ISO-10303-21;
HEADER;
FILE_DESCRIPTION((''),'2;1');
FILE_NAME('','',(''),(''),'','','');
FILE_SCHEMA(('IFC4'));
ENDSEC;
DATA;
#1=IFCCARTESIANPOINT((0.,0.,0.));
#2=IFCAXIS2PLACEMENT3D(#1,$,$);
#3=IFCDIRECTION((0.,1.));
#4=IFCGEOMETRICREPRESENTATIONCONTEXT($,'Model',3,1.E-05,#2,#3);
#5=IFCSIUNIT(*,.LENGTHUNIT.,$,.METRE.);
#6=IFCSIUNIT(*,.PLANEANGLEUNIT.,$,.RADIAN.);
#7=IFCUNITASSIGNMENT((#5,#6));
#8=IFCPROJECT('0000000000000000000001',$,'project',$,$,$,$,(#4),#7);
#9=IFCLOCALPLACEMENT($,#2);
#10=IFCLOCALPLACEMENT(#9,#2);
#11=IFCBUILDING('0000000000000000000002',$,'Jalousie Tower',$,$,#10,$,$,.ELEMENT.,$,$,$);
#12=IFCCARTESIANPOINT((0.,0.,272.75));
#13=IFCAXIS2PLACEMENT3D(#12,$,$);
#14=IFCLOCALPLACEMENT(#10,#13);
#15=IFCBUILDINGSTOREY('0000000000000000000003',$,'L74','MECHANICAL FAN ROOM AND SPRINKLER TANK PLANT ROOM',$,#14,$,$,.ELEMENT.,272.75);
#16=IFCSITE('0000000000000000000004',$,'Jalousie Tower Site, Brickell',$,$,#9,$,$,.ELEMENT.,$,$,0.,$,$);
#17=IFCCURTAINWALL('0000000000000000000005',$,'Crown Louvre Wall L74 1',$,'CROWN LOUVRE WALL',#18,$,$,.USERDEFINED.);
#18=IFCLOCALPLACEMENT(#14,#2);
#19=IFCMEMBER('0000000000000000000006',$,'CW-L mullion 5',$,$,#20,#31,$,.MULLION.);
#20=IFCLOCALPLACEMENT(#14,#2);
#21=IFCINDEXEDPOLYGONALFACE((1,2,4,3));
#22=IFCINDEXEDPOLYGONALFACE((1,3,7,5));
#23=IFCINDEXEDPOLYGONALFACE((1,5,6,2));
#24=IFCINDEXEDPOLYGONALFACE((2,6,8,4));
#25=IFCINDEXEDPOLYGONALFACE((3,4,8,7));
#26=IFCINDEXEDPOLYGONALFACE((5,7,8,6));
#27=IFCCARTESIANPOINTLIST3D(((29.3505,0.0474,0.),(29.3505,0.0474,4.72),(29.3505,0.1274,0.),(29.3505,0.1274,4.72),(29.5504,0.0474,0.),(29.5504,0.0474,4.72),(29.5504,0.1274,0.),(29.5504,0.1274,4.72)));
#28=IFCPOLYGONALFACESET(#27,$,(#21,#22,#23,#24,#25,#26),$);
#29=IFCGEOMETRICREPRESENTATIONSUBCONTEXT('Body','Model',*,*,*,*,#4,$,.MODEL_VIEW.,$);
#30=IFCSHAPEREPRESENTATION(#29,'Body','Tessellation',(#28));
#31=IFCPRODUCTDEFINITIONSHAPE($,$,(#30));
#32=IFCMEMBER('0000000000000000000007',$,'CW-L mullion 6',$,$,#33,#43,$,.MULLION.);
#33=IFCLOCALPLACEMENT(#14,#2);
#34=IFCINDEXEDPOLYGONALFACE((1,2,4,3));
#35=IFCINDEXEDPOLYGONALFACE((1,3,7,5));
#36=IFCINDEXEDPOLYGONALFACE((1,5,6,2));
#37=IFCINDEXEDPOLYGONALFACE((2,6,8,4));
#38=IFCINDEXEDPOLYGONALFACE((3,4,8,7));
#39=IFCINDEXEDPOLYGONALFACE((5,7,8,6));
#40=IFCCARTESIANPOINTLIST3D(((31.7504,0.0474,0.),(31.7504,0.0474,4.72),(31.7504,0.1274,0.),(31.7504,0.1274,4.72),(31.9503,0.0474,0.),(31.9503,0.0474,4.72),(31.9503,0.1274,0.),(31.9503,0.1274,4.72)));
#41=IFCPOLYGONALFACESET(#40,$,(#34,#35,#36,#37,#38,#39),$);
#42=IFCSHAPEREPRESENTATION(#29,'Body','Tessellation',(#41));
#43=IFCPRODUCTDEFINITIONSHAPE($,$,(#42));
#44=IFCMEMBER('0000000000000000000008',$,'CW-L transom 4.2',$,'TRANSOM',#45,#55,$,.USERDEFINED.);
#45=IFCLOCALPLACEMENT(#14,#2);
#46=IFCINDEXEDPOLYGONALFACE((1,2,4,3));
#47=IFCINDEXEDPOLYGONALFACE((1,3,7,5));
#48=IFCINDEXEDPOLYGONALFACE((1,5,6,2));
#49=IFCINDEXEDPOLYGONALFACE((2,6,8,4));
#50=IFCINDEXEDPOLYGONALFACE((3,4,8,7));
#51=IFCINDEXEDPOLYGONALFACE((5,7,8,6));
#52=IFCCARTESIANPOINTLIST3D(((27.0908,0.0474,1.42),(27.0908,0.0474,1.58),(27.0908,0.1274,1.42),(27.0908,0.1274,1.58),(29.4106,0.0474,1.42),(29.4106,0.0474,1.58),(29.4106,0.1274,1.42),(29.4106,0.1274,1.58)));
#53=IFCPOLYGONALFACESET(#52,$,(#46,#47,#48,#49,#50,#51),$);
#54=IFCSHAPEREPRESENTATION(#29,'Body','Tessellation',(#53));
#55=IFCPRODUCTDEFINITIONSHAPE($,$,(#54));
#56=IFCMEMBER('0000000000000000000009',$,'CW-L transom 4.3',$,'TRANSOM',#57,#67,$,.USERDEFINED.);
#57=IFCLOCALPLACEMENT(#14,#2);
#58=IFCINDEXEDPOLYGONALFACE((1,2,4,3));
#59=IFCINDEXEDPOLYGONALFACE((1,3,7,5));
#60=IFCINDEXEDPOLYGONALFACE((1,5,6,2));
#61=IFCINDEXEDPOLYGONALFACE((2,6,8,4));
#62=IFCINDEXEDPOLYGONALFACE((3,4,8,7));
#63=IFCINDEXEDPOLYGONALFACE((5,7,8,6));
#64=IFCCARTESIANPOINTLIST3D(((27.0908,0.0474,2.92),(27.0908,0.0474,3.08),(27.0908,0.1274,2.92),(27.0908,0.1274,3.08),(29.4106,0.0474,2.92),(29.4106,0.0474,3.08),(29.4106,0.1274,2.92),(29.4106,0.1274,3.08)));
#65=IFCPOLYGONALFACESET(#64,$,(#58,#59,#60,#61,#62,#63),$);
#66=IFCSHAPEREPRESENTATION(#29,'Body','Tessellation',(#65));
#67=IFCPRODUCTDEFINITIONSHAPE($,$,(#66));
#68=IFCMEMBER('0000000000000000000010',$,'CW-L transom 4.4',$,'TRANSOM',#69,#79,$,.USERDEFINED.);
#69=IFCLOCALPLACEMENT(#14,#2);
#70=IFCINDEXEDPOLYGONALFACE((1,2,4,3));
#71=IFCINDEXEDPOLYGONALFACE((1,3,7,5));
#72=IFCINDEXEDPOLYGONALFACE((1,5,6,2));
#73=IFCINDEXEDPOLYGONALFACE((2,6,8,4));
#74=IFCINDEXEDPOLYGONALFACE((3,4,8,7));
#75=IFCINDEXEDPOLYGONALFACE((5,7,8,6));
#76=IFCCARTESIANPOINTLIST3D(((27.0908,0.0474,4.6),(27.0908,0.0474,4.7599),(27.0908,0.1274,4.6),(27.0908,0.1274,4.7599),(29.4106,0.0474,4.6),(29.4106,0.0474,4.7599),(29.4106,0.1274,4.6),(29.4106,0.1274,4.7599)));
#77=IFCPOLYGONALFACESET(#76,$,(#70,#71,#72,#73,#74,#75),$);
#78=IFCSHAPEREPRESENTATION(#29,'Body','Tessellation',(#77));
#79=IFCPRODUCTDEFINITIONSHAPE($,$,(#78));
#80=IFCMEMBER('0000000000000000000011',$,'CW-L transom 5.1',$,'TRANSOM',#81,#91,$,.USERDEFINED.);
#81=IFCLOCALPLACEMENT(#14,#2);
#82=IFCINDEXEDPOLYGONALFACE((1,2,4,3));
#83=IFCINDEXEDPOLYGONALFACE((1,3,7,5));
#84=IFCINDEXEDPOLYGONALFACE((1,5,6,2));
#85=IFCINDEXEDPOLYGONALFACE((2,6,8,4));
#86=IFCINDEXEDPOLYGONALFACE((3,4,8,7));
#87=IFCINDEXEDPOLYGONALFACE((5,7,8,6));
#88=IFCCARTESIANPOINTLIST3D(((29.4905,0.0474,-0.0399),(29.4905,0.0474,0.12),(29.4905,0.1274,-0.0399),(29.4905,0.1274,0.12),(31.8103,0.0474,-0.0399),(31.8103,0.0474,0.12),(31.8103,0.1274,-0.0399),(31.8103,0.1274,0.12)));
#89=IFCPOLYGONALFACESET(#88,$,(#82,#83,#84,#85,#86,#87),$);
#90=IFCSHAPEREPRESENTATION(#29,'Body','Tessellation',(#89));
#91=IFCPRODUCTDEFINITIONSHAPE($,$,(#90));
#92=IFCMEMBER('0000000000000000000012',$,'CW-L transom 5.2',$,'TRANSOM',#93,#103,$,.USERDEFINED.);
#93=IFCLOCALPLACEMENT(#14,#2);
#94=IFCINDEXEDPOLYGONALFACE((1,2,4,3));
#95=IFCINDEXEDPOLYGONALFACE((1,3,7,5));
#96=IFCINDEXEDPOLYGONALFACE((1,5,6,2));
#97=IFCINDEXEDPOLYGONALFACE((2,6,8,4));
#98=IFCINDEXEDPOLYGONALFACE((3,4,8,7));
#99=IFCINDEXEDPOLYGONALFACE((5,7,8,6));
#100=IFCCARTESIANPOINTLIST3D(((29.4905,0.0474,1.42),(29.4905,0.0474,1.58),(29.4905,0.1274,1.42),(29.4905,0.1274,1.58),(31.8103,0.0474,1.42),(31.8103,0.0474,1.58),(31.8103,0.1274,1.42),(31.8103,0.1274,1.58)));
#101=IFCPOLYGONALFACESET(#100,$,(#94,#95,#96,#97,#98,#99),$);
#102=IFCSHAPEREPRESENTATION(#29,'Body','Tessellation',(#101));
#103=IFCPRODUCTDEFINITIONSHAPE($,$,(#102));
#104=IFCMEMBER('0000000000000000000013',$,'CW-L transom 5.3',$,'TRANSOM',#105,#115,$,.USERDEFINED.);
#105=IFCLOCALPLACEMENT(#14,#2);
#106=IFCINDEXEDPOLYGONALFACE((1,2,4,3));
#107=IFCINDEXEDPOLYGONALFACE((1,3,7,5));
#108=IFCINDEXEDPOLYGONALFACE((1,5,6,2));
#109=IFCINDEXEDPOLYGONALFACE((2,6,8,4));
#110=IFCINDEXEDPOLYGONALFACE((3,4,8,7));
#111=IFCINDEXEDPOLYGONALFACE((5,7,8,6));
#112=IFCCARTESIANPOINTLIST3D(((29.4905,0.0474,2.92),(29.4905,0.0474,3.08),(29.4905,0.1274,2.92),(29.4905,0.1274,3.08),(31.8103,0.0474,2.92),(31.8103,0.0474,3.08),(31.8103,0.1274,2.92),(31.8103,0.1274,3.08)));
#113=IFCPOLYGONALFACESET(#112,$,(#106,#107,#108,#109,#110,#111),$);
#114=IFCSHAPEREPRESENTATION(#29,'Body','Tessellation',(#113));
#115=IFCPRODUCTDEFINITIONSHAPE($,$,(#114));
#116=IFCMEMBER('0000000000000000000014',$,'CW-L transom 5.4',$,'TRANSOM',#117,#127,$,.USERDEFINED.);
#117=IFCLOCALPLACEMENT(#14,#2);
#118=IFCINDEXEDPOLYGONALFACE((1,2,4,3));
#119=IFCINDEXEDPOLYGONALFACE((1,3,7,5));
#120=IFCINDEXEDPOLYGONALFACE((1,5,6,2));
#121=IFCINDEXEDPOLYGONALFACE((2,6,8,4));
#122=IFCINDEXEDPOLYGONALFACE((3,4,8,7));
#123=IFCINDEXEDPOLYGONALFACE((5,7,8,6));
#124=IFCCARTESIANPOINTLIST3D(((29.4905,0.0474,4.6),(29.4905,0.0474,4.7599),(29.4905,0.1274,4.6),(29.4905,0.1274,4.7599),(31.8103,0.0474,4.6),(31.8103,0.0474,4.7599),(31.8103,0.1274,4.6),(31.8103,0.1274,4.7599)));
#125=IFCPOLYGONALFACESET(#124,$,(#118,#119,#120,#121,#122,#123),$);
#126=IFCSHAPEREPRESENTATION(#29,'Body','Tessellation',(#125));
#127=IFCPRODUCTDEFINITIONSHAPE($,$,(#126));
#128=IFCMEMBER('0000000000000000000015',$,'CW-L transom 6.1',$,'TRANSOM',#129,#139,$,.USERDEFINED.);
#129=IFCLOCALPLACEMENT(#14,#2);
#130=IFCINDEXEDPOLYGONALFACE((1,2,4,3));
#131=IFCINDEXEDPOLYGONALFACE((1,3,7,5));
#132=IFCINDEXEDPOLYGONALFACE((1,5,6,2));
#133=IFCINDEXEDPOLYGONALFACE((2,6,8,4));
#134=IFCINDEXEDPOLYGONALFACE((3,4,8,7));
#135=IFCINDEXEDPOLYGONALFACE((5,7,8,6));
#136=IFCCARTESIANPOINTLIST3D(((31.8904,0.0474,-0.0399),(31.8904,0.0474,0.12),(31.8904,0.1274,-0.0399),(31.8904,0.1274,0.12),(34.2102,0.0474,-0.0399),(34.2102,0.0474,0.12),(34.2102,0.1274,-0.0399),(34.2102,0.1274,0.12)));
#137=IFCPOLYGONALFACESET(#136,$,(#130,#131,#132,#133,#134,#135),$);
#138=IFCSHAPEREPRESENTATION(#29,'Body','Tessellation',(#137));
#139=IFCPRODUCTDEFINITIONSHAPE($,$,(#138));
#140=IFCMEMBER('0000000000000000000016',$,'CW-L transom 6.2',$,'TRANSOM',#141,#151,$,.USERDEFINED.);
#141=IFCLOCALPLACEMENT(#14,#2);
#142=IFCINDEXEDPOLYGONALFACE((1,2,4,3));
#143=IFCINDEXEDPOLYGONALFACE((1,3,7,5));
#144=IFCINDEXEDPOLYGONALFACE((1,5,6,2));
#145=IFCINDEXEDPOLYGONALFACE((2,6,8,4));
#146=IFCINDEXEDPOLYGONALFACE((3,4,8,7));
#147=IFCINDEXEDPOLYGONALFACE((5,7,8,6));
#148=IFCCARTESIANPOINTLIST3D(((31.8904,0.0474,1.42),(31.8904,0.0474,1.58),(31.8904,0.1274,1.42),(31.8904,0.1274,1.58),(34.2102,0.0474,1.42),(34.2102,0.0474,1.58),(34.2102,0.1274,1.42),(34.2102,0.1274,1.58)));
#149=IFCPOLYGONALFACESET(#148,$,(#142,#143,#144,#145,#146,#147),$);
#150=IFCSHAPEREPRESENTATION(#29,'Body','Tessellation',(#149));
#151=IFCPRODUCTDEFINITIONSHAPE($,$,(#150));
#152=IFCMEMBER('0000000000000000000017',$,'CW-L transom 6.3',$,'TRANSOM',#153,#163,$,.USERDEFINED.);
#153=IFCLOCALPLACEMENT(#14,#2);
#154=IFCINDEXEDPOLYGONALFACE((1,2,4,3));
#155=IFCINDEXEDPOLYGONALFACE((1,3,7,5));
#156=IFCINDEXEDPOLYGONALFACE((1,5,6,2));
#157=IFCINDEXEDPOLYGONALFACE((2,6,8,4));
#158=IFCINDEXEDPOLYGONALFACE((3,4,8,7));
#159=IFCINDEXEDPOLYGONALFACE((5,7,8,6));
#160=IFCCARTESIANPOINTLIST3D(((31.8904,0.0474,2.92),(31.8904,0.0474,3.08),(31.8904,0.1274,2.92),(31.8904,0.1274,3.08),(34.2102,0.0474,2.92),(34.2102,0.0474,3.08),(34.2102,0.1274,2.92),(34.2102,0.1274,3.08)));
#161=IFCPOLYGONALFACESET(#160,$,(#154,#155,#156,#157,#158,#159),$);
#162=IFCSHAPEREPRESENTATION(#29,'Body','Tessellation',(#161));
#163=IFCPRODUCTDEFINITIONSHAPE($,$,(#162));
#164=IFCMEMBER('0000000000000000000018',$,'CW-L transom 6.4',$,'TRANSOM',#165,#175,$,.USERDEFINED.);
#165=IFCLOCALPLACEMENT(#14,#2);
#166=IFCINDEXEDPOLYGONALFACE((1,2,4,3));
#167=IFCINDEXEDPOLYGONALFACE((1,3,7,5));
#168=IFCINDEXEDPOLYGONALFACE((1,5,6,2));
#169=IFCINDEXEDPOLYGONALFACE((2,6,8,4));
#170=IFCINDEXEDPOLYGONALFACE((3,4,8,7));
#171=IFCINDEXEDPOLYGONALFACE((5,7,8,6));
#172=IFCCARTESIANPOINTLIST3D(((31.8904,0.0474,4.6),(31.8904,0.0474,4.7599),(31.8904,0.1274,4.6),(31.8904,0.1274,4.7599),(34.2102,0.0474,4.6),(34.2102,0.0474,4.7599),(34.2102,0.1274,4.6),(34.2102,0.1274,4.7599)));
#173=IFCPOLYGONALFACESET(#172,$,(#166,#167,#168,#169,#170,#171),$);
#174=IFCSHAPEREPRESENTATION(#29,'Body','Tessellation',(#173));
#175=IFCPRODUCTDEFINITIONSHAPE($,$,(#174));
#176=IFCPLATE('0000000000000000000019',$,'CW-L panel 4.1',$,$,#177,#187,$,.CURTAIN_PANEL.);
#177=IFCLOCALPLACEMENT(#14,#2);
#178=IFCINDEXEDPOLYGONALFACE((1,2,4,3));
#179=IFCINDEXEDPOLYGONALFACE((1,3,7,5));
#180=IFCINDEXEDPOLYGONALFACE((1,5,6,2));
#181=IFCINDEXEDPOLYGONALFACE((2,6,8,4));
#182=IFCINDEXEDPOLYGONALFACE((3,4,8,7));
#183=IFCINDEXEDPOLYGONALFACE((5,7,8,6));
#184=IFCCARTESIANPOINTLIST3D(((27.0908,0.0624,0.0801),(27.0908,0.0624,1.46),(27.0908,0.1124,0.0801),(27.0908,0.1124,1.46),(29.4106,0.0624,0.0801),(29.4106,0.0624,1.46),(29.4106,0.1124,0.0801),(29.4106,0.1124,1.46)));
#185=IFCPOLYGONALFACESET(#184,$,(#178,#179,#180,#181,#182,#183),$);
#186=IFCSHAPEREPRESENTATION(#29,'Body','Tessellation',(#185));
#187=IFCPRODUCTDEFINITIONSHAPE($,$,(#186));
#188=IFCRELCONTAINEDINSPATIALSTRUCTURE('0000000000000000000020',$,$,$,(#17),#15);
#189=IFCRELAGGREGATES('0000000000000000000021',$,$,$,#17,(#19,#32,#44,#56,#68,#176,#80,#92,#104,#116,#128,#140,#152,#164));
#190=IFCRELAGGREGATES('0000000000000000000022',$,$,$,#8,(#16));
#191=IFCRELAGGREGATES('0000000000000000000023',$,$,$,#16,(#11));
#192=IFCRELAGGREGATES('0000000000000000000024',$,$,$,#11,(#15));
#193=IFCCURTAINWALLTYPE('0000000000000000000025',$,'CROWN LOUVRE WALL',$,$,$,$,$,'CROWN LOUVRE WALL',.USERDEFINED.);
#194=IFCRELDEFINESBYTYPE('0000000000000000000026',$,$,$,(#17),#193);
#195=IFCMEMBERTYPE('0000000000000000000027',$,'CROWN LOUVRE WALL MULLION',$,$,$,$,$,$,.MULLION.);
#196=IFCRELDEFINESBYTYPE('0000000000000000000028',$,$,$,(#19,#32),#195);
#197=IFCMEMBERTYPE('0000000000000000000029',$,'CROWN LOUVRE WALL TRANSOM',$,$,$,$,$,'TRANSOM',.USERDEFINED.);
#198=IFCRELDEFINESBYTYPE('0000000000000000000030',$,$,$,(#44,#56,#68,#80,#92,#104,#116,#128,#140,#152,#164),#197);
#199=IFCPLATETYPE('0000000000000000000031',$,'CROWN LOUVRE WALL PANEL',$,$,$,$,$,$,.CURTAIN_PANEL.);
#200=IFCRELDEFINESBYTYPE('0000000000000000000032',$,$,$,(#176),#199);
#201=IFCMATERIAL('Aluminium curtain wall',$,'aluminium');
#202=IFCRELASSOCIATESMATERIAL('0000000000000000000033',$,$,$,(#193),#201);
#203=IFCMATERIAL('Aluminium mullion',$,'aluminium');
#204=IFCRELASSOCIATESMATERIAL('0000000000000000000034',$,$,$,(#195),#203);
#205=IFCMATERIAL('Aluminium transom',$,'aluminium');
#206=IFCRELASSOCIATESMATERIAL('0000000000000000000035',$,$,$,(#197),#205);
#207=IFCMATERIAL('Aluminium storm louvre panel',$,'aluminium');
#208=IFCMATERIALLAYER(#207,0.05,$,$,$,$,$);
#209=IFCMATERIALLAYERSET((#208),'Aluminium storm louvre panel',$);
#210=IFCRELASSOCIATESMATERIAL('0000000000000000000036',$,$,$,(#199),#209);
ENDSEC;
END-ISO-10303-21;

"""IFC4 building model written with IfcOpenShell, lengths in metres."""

from ifc_helpers import new_model, si_unit, direction, frame, origin, origin_2d, place, context, subcontext, project, spatial, rectangle, extrude, material, layer, layer_set, material_profile, profile_set, type_object, element, aggregate, save


model = new_model("IFC4")

# Units and contexts
model_context = context("Model", 3, precision=1e-05, world=origin(), true_north=direction((0.0, 1.0)))
body_context = subcontext(model_context, "Body", "Model", "MODEL_VIEW")
ifc_project = project(units=[si_unit("LENGTHUNIT", "METRE"), si_unit("PLANEANGLEUNIT", "RADIAN")], contexts=[model_context])

# Site, building, storey
site_placement = place(None, origin())
site = spatial("IfcSite", under=ifc_project, at=site_placement, Name="Jalousie Tower Site, Brickell", CompositionType="ELEMENT", RefElevation=0.0)
building_placement = place(site_placement, origin())
building = spatial("IfcBuilding", under=site, at=building_placement, Name="Jalousie Tower", CompositionType="ELEMENT")
storey_placement = place(building_placement, frame((0.0, 0.0, 272.75)))
storey = spatial("IfcBuildingStorey", under=building, at=storey_placement, Name="L74", Description="MECHANICAL FAN ROOM AND SPRINKLER TANK PLANT ROOM", CompositionType="ELEMENT", Elevation=272.75)

# Curtain wall, members, plate
ifc_material_1 = material(Name="Aluminium curtain wall", Category="aluminium")
curtain_wall_type = type_object("IfcCurtainWallType", Name="CROWN LOUVRE WALL", ElementType="CROWN LOUVRE WALL", PredefinedType="USERDEFINED", material=ifc_material_1)
curtain_wall_placement = place(storey_placement, origin())
curtain_wall = element("IfcCurtainWall", 1, at=curtain_wall_placement, inside=storey, type_object=curtain_wall_type, Name="Crown Louvre Wall L74 1", ObjectType="CROWN LOUVRE WALL", PredefinedType="USERDEFINED")
ifc_material_2 = material(Name="Aluminium mullion", Category="aluminium")
ifc_material_profile_1 = material_profile(ifc_material_2, rectangle(XDim=0.0801, YDim=0.2, at=origin_2d()), Name="MULLION 80x200")
ifc_profile_set_1 = profile_set([ifc_material_profile_1], Name="Aluminium mullion")
member_type_1 = type_object("IfcMemberType", Name="CROWN LOUVRE WALL MULLION", PredefinedType="MULLION", material=ifc_profile_set_1)
member_1_placement = place(storey_placement, frame((29.4504, 0.0874, 0.0), z_axis=(0.0, 0.0, 1.0), x_axis=(0.0, 1.0, 0.0)))
member_1 = element("IfcMember", 2, at=member_1_placement, type_object=member_type_1, Name="CW-L mullion 5", PredefinedType="MULLION", context=body_context, shape_type="SweptSolid", body=[
    extrude(rectangle(XDim=0.0801, YDim=0.2, at=origin_2d()), origin(), (0.0, 0.0, 1.0), 4.72),
])
member_2_placement = place(storey_placement, frame((31.8503, 0.0874, 0.0), z_axis=(0.0, 0.0, 1.0), x_axis=(0.0, 1.0, 0.0)))
member_2 = element("IfcMember", 3, at=member_2_placement, type_object=member_type_1, Name="CW-L mullion 6", PredefinedType="MULLION", context=body_context, shape_type="SweptSolid", body=[
    extrude(rectangle(XDim=0.0801, YDim=0.2, at=origin_2d()), origin(), (0.0, 0.0, 1.0), 4.72),
])
ifc_material_3 = material(Name="Aluminium transom", Category="aluminium")
ifc_material_profile_2 = material_profile(ifc_material_3, rectangle(XDim=0.0801, YDim=0.1599, at=origin_2d()), Name="TRANSOM 80x160")
ifc_profile_set_2 = profile_set([ifc_material_profile_2], Name="Aluminium transom")
member_type_2 = type_object("IfcMemberType", Name="CROWN LOUVRE WALL TRANSOM", ElementType="TRANSOM", PredefinedType="USERDEFINED", material=ifc_profile_set_2)
member_3_placement = place(storey_placement, frame((27.0908, 0.0874, 1.5), z_axis=(1.0, 0.0, 0.0), x_axis=(0.0, 1.0, 0.0)))
member_3 = element("IfcMember", 4, at=member_3_placement, type_object=member_type_2, Name="CW-L transom 4.2", ObjectType="TRANSOM", PredefinedType="USERDEFINED", context=body_context, shape_type="SweptSolid", body=[
    extrude(rectangle(XDim=0.0801, YDim=0.1599, at=origin_2d()), origin(), (0.0, 0.0, 1.0), 2.3198),
])
member_4_placement = place(storey_placement, frame((27.0908, 0.0874, 3.0), z_axis=(1.0, 0.0, 0.0), x_axis=(0.0, 1.0, 0.0)))
member_4 = element("IfcMember", 5, at=member_4_placement, type_object=member_type_2, Name="CW-L transom 4.3", ObjectType="TRANSOM", PredefinedType="USERDEFINED", context=body_context, shape_type="SweptSolid", body=[
    extrude(rectangle(XDim=0.0801, YDim=0.1599, at=origin_2d()), origin(), (0.0, 0.0, 1.0), 2.3198),
])
member_5_placement = place(storey_placement, frame((27.0908, 0.0874, 4.6799), z_axis=(1.0, 0.0, 0.0), x_axis=(0.0, 1.0, 0.0)))
member_5 = element("IfcMember", 6, at=member_5_placement, type_object=member_type_2, Name="CW-L transom 4.4", ObjectType="TRANSOM", PredefinedType="USERDEFINED", context=body_context, shape_type="SweptSolid", body=[
    extrude(rectangle(XDim=0.0801, YDim=0.1599, at=origin_2d()), origin(), (0.0, 0.0, 1.0), 2.3198),
])
member_6_placement = place(storey_placement, frame((29.4905, 0.0874, 0.04), z_axis=(1.0, 0.0, 0.0), x_axis=(0.0, 1.0, 0.0)))
member_6 = element("IfcMember", 7, at=member_6_placement, type_object=member_type_2, Name="CW-L transom 5.1", ObjectType="TRANSOM", PredefinedType="USERDEFINED", context=body_context, shape_type="SweptSolid", body=[
    extrude(rectangle(XDim=0.0801, YDim=0.1599, at=origin_2d()), origin(), (0.0, 0.0, 1.0), 2.3198),
])
member_7_placement = place(storey_placement, frame((29.4905, 0.0874, 1.5), z_axis=(1.0, 0.0, 0.0), x_axis=(0.0, 1.0, 0.0)))
member_7 = element("IfcMember", 8, at=member_7_placement, type_object=member_type_2, Name="CW-L transom 5.2", ObjectType="TRANSOM", PredefinedType="USERDEFINED", context=body_context, shape_type="SweptSolid", body=[
    extrude(rectangle(XDim=0.0801, YDim=0.1599, at=origin_2d()), origin(), (0.0, 0.0, 1.0), 2.3198),
])
member_8_placement = place(storey_placement, frame((29.4905, 0.0874, 3.0), z_axis=(1.0, 0.0, 0.0), x_axis=(0.0, 1.0, 0.0)))
member_8 = element("IfcMember", 9, at=member_8_placement, type_object=member_type_2, Name="CW-L transom 5.3", ObjectType="TRANSOM", PredefinedType="USERDEFINED", context=body_context, shape_type="SweptSolid", body=[
    extrude(rectangle(XDim=0.0801, YDim=0.1599, at=origin_2d()), origin(), (0.0, 0.0, 1.0), 2.3198),
])
member_9_placement = place(storey_placement, frame((29.4905, 0.0874, 4.6799), z_axis=(1.0, 0.0, 0.0), x_axis=(0.0, 1.0, 0.0)))
member_9 = element("IfcMember", 10, at=member_9_placement, type_object=member_type_2, Name="CW-L transom 5.4", ObjectType="TRANSOM", PredefinedType="USERDEFINED", context=body_context, shape_type="SweptSolid", body=[
    extrude(rectangle(XDim=0.0801, YDim=0.1599, at=origin_2d()), origin(), (0.0, 0.0, 1.0), 2.3198),
])
member_10_placement = place(storey_placement, frame((31.8904, 0.0874, 0.04), z_axis=(1.0, 0.0, 0.0), x_axis=(0.0, 1.0, 0.0)))
member_10 = element("IfcMember", 11, at=member_10_placement, type_object=member_type_2, Name="CW-L transom 6.1", ObjectType="TRANSOM", PredefinedType="USERDEFINED", context=body_context, shape_type="SweptSolid", body=[
    extrude(rectangle(XDim=0.0801, YDim=0.1599, at=origin_2d()), origin(), (0.0, 0.0, 1.0), 2.3198),
])
member_11_placement = place(storey_placement, frame((31.8904, 0.0874, 1.5), z_axis=(1.0, 0.0, 0.0), x_axis=(0.0, 1.0, 0.0)))
member_11 = element("IfcMember", 12, at=member_11_placement, type_object=member_type_2, Name="CW-L transom 6.2", ObjectType="TRANSOM", PredefinedType="USERDEFINED", context=body_context, shape_type="SweptSolid", body=[
    extrude(rectangle(XDim=0.0801, YDim=0.1599, at=origin_2d()), origin(), (0.0, 0.0, 1.0), 2.3198),
])
member_12_placement = place(storey_placement, frame((31.8904, 0.0874, 3.0), z_axis=(1.0, 0.0, 0.0), x_axis=(0.0, 1.0, 0.0)))
member_12 = element("IfcMember", 13, at=member_12_placement, type_object=member_type_2, Name="CW-L transom 6.3", ObjectType="TRANSOM", PredefinedType="USERDEFINED", context=body_context, shape_type="SweptSolid", body=[
    extrude(rectangle(XDim=0.0801, YDim=0.1599, at=origin_2d()), origin(), (0.0, 0.0, 1.0), 2.3198),
])
member_13_placement = place(storey_placement, frame((31.8904, 0.0874, 4.6799), z_axis=(1.0, 0.0, 0.0), x_axis=(0.0, 1.0, 0.0)))
member_13 = element("IfcMember", 14, at=member_13_placement, type_object=member_type_2, Name="CW-L transom 6.4", ObjectType="TRANSOM", PredefinedType="USERDEFINED", context=body_context, shape_type="SweptSolid", body=[
    extrude(rectangle(XDim=0.0801, YDim=0.1599, at=origin_2d()), origin(), (0.0, 0.0, 1.0), 2.3198),
])
ifc_material_4 = material(Name="Aluminium storm louvre panel", Category="aluminium")
ifc_layer = layer(ifc_material_4, 0.05)
ifc_layer_set = layer_set([ifc_layer], Name="Aluminium storm louvre panel")
plate_type = type_object("IfcPlateType", Name="CROWN LOUVRE WALL PANEL", PredefinedType="CURTAIN_PANEL", material=ifc_layer_set)
plate_1_placement = place(storey_placement, frame((28.2507, 0.0874, 0.0801), z_axis=(0.0, 0.0, 1.0), x_axis=(1.0, 0.0, 0.0)))
plate_1 = element("IfcPlate", 15, at=plate_1_placement, type_object=plate_type, Name="CW-L panel 4.1", PredefinedType="CURTAIN_PANEL", context=body_context, shape_type="SweptSolid", body=[
    extrude(rectangle(XDim=2.3198, YDim=0.05, at=origin_2d()), origin(), (0.0, 0.0, 1.0), 1.3799),
])
aggregate(curtain_wall, [member_1, member_2, member_3, member_4, member_5, plate_1, member_6, member_7, member_8, member_9, member_10, member_11, member_12, member_13])

save(model, "model.ifc")
